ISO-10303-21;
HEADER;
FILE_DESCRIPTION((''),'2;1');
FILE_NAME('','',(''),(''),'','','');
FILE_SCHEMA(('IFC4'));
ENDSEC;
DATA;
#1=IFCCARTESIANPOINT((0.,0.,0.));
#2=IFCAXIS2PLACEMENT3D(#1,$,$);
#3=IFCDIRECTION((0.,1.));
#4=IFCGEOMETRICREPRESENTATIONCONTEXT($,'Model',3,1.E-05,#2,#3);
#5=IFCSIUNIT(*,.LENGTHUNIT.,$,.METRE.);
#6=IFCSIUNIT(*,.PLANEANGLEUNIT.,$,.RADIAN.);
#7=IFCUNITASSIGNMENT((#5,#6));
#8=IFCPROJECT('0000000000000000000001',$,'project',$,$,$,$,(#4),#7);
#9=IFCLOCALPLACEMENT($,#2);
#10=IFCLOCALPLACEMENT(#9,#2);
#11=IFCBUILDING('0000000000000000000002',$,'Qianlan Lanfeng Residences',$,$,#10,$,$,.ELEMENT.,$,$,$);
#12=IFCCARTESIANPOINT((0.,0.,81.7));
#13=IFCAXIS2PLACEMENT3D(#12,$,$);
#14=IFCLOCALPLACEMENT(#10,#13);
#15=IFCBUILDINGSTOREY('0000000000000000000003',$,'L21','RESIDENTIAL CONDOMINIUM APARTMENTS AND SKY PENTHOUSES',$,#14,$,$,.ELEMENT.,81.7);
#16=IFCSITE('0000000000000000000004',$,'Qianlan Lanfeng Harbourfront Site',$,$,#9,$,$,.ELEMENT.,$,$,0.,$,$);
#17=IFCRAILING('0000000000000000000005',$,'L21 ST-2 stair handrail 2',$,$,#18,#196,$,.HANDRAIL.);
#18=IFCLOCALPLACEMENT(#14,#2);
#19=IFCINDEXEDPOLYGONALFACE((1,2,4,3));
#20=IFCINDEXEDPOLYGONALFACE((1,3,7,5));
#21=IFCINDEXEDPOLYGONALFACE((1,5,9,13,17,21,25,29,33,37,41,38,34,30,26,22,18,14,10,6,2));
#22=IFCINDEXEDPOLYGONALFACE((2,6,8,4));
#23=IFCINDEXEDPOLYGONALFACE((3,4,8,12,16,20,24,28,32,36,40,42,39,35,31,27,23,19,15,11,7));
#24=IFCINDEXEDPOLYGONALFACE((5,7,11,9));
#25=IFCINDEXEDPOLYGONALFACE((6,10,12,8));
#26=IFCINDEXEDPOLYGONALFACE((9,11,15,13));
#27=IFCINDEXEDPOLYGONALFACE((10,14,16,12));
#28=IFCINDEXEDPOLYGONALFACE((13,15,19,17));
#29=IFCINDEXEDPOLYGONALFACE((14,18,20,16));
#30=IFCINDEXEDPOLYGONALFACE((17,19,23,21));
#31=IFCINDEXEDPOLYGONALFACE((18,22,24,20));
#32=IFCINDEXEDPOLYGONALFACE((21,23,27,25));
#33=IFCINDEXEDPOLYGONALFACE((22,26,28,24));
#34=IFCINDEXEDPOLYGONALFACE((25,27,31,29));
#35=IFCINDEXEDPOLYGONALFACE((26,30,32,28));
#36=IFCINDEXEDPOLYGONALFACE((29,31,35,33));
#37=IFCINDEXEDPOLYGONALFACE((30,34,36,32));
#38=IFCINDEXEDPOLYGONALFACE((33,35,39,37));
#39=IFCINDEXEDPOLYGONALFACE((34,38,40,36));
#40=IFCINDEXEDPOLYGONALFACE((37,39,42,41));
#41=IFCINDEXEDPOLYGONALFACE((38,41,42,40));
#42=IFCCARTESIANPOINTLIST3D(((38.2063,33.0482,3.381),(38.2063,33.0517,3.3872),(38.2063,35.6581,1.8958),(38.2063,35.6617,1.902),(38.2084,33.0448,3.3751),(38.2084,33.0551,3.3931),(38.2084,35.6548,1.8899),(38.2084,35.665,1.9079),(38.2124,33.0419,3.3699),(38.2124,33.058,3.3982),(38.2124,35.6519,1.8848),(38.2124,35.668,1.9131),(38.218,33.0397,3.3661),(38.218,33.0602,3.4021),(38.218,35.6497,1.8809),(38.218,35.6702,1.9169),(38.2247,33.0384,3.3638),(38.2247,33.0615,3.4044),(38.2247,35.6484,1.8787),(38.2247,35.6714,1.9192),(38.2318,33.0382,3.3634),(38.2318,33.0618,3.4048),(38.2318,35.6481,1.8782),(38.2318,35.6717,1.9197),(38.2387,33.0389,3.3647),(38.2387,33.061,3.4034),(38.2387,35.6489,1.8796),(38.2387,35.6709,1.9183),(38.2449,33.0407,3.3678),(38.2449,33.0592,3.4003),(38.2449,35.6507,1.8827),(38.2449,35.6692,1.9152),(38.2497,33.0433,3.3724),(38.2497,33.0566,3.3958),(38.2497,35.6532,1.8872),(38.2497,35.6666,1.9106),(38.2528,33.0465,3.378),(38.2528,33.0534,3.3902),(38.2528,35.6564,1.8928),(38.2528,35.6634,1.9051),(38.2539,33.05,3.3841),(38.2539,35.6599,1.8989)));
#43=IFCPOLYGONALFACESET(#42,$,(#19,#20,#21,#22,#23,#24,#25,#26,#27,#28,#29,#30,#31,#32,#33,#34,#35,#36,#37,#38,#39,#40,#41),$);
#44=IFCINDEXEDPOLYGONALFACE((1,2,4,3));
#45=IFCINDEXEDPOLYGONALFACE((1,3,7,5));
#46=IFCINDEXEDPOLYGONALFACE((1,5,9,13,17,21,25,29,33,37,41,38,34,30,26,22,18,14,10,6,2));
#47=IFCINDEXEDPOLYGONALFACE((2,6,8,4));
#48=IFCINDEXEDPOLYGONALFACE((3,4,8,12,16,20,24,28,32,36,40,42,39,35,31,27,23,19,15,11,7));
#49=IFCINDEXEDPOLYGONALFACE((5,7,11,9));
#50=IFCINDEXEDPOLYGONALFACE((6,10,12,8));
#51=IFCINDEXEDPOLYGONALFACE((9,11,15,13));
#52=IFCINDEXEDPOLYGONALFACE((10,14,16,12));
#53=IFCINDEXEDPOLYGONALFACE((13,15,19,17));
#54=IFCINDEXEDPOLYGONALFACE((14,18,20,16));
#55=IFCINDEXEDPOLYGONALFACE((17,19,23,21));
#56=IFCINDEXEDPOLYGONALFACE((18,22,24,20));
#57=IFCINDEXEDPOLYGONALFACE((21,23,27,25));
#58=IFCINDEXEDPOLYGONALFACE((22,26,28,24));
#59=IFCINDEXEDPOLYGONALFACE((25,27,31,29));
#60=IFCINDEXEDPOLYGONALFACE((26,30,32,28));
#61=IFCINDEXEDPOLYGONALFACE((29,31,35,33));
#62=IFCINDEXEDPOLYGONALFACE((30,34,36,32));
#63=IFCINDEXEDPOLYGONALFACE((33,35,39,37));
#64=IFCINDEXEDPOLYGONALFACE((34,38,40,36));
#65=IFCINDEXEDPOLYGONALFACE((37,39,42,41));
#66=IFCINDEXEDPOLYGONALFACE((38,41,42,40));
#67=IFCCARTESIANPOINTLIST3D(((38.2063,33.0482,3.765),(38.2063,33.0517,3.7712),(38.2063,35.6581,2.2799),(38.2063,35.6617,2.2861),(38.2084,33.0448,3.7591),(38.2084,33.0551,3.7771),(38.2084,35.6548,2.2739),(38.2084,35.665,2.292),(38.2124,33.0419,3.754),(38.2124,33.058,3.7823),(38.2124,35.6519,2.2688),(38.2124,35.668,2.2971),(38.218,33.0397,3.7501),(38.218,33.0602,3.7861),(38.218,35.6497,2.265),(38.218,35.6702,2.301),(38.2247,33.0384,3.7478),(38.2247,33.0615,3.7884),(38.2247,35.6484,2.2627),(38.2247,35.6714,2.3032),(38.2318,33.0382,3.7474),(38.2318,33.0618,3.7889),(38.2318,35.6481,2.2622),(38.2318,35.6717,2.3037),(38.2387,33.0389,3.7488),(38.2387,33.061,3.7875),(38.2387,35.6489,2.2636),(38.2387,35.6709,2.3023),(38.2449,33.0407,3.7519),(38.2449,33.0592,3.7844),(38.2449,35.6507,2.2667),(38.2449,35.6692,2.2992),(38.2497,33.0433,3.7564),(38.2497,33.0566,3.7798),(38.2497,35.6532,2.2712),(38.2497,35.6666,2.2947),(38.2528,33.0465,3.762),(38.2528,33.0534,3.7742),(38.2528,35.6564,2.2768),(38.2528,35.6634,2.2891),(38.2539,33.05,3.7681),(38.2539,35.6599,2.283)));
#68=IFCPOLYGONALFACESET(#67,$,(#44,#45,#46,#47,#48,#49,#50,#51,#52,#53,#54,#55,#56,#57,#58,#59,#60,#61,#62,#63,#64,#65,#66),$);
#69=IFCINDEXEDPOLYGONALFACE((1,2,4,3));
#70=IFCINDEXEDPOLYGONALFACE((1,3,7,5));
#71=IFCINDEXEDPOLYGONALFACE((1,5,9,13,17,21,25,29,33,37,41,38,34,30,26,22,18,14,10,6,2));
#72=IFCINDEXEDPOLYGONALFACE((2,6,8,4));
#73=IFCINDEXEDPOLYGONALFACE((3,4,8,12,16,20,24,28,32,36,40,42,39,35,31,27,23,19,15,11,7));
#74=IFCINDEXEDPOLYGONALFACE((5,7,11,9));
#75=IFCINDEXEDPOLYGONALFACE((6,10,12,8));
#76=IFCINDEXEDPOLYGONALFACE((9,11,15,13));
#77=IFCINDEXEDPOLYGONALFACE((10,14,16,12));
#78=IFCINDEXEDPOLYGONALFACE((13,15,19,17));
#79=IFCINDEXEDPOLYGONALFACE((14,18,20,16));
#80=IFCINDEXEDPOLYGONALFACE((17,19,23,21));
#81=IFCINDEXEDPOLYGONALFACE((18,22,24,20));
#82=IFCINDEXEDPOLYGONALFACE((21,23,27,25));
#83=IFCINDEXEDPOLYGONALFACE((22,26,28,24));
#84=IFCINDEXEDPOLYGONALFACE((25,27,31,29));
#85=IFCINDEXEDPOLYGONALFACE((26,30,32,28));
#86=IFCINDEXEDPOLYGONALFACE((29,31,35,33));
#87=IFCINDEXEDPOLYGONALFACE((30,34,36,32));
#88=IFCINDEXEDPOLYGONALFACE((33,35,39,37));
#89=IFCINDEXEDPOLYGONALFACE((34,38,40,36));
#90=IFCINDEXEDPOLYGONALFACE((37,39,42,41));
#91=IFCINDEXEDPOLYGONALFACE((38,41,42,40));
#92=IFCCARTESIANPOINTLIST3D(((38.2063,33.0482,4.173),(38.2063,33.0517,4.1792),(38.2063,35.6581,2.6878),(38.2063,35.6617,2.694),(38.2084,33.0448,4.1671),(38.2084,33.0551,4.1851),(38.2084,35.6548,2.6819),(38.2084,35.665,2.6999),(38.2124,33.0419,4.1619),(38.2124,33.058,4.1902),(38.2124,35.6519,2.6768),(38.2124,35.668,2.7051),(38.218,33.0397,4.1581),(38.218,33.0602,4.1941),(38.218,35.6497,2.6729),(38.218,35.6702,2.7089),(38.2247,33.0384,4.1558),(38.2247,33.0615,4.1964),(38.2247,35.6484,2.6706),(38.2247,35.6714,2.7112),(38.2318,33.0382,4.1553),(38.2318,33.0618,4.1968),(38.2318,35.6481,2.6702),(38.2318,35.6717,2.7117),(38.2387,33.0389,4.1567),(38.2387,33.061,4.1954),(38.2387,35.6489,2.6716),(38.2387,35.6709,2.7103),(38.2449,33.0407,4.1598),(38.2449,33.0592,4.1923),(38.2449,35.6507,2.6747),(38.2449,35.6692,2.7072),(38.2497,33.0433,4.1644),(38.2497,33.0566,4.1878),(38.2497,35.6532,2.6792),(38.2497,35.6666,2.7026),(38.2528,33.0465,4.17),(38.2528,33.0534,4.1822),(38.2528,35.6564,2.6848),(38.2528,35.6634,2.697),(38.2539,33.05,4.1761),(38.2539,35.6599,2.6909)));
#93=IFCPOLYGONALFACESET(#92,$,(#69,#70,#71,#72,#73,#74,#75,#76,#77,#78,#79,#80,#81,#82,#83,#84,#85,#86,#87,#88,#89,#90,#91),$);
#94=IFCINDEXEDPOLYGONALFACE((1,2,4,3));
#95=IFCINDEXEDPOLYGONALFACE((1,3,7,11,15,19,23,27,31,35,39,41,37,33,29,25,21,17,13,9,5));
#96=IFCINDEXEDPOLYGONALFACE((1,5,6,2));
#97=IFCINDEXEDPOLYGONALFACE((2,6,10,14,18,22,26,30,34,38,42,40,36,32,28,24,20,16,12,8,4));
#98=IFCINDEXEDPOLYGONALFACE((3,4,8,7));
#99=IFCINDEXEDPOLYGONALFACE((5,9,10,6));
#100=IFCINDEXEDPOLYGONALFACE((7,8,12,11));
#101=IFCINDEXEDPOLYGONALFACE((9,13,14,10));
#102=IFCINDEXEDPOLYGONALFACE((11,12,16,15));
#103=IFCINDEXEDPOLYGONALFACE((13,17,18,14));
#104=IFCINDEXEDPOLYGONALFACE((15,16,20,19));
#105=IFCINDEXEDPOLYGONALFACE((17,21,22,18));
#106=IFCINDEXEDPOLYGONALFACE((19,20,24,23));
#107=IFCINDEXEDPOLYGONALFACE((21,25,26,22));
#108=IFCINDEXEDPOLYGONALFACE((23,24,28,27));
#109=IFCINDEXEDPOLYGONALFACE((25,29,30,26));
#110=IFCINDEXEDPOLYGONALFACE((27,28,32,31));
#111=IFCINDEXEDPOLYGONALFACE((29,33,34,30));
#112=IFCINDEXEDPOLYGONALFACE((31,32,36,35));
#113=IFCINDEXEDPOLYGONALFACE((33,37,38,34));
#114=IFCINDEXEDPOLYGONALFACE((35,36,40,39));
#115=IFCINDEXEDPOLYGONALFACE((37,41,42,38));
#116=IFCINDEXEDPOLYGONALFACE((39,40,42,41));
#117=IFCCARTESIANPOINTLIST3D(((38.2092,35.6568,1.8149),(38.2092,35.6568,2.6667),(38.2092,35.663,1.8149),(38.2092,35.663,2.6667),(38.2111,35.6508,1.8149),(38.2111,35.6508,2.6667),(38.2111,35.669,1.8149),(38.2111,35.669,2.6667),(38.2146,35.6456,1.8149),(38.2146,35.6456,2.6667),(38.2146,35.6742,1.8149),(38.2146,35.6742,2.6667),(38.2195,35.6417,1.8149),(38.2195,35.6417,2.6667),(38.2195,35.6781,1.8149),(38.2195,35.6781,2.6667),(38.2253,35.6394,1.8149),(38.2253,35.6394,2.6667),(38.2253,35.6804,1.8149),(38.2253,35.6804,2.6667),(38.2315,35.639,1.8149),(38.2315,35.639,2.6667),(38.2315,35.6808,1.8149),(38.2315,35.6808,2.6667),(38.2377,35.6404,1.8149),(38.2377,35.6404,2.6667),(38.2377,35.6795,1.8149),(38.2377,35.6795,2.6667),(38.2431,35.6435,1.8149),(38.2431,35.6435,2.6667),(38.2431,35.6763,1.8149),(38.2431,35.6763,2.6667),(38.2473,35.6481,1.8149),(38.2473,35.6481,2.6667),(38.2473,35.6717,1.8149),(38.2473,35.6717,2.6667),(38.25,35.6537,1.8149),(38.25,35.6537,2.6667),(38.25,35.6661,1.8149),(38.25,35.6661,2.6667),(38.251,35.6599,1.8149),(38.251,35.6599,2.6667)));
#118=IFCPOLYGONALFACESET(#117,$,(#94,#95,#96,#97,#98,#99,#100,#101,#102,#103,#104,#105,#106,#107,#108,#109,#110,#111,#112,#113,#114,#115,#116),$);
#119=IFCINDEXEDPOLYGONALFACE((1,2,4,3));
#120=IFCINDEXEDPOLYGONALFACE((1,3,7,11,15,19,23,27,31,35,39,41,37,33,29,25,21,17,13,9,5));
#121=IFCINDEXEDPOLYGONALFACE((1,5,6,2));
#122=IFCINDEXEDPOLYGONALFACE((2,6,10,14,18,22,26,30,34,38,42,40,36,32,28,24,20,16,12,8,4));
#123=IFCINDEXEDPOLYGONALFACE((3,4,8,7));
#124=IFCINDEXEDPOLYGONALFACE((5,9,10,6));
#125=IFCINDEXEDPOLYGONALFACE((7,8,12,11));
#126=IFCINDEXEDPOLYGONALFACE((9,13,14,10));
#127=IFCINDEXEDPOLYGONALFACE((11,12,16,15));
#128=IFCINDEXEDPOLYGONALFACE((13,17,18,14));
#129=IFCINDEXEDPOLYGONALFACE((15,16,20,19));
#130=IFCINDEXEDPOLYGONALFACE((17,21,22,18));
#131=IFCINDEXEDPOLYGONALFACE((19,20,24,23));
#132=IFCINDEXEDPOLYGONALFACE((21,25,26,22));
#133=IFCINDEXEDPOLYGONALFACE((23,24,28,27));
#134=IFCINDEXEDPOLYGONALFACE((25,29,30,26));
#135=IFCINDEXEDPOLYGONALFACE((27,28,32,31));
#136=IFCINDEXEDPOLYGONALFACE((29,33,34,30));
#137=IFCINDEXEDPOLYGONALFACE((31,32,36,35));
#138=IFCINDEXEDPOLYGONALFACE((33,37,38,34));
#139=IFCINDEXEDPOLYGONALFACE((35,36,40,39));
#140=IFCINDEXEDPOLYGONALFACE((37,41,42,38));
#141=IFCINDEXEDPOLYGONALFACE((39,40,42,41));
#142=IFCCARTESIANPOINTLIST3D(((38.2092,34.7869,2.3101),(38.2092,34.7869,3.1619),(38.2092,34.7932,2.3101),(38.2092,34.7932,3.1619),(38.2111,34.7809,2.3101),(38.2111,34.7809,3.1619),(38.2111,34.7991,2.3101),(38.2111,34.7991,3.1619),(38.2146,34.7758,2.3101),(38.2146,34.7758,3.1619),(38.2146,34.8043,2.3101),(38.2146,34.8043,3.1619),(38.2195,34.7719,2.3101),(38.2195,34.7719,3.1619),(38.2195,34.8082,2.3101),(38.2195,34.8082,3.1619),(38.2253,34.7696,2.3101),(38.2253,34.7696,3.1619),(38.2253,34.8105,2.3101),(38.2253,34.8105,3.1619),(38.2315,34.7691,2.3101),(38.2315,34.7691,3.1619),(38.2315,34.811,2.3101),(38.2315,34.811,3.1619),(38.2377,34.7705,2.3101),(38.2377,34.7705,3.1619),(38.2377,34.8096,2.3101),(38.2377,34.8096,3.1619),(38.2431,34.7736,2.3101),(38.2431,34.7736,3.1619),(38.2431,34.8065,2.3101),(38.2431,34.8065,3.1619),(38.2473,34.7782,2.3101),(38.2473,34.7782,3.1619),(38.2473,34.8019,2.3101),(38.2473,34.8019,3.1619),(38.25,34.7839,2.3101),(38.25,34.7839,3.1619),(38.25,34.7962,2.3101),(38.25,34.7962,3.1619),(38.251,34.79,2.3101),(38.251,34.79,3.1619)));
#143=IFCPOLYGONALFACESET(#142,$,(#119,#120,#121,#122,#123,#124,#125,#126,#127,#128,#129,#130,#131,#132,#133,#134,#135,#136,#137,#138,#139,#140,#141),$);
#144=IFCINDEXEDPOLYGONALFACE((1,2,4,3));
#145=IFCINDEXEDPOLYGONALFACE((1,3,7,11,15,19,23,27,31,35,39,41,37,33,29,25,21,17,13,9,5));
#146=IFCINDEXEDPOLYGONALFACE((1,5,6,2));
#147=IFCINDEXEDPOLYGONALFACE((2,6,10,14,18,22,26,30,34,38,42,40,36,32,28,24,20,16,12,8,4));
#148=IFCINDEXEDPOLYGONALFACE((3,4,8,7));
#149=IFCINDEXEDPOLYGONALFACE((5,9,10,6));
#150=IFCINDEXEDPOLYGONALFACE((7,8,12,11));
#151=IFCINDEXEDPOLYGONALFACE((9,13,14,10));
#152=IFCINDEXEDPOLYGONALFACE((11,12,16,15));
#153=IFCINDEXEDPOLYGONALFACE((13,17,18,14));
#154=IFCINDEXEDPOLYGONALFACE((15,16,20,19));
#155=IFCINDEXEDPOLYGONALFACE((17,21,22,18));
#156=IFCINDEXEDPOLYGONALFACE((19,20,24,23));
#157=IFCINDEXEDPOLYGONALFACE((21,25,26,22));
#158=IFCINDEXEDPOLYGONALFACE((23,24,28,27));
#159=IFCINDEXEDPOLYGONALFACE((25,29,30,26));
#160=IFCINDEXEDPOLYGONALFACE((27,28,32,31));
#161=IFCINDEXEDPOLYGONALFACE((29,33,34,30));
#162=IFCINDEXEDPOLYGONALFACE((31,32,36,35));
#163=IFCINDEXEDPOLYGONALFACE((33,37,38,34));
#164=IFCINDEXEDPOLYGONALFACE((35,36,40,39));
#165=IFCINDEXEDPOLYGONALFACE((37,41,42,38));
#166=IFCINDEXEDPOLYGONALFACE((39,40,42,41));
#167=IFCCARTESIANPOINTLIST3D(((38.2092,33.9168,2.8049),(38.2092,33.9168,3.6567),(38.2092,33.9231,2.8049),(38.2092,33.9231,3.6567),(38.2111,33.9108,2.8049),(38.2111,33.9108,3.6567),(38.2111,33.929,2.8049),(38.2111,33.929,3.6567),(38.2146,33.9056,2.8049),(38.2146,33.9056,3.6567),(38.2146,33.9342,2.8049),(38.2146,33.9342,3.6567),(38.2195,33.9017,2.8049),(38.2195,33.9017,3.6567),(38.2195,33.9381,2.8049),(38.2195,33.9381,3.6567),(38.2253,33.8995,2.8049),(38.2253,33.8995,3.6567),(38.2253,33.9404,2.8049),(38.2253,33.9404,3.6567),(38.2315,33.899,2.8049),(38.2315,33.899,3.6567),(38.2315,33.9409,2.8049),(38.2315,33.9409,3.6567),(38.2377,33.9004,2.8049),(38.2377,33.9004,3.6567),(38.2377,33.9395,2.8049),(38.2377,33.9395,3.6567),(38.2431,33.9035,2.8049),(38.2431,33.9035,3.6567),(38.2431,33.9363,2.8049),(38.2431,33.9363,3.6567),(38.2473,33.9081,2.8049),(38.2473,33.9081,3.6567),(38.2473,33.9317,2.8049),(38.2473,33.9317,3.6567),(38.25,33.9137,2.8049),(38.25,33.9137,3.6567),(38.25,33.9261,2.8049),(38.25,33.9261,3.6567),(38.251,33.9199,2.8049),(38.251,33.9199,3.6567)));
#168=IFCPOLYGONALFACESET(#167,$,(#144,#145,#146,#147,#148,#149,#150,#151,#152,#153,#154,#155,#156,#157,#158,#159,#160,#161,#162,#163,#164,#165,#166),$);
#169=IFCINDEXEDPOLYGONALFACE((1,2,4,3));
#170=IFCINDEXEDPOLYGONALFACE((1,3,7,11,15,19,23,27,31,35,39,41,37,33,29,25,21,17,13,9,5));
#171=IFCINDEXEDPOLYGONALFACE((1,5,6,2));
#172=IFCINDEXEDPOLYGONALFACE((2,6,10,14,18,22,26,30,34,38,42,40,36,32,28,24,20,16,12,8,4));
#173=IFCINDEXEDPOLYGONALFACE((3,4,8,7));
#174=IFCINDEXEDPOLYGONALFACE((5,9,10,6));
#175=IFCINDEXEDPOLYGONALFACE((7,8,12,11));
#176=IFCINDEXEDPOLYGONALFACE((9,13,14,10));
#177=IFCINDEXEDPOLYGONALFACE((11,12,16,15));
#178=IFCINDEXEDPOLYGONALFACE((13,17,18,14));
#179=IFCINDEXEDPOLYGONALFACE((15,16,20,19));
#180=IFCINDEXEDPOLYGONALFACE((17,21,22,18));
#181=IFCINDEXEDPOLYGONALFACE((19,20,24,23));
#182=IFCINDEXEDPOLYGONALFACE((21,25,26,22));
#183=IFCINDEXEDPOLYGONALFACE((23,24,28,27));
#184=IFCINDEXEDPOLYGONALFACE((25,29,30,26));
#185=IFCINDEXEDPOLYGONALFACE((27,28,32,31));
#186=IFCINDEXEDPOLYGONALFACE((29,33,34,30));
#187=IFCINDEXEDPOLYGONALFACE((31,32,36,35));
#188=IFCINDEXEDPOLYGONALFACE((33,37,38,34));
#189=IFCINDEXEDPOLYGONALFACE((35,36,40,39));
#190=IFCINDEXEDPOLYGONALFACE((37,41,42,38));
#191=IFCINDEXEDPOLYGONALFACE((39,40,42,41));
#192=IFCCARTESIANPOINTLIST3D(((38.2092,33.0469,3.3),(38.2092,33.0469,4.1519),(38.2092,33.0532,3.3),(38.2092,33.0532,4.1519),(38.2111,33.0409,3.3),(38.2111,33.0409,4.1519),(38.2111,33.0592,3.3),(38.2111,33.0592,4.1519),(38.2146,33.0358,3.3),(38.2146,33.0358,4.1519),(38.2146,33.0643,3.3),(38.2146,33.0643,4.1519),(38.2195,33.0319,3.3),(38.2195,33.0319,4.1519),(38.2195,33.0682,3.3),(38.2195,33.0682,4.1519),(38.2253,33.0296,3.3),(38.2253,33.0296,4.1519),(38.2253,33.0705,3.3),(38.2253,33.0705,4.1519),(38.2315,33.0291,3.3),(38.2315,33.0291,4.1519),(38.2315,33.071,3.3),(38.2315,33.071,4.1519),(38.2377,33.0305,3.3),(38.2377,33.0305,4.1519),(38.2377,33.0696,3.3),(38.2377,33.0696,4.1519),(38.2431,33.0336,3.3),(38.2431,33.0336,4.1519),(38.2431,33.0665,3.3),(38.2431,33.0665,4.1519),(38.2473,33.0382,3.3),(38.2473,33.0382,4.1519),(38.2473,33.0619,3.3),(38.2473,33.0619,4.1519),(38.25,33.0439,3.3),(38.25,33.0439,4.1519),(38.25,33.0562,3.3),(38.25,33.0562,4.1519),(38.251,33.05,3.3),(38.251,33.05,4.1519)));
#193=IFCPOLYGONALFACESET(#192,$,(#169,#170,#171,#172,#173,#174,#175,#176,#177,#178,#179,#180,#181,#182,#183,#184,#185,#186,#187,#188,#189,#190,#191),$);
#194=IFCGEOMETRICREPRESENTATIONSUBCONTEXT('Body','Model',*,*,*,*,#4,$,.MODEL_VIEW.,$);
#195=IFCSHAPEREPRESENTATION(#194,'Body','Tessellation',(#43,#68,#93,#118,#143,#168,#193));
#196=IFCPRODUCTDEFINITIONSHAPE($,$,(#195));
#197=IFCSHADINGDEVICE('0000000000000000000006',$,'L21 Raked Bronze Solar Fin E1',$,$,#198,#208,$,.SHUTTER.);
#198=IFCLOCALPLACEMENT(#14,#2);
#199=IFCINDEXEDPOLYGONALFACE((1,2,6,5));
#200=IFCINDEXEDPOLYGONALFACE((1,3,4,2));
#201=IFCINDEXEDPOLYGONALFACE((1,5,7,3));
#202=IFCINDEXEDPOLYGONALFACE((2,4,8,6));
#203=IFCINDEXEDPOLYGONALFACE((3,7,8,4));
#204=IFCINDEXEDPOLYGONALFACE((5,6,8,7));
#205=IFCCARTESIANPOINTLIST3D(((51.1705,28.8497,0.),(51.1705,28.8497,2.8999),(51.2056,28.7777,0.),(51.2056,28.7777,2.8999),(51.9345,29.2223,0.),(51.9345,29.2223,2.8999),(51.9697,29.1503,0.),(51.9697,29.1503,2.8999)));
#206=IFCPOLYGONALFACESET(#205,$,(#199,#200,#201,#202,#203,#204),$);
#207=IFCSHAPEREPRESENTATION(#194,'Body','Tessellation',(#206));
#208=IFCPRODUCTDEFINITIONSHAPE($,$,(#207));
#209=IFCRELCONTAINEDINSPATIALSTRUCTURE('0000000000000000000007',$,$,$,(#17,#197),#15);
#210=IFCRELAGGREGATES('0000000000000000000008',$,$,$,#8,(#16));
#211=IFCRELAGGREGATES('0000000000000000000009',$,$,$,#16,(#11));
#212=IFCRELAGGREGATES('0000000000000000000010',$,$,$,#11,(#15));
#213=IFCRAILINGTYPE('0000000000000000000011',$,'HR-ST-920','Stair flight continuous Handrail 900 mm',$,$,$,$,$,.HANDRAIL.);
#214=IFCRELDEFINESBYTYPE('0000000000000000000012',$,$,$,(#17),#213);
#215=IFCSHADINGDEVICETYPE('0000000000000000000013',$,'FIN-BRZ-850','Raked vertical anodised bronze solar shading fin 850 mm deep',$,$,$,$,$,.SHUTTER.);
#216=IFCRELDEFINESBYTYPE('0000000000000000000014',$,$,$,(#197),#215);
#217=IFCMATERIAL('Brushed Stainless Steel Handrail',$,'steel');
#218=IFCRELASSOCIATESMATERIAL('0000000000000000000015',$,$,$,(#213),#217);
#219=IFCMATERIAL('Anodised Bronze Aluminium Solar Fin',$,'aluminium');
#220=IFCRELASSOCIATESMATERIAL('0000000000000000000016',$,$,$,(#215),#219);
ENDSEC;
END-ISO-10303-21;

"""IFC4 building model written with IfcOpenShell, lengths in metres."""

from ifc_helpers import new_model, si_unit, direction, frame, origin, origin_2d, place, context, subcontext, project, spatial, rectangle, circle, extrude, source, transform, mapped, material, type_object, element, save


model = new_model("IFC4")

# Units and contexts
model_context = context("Model", 3, precision=1e-05, world=origin(), true_north=direction((0.0, 1.0)))
body_context = subcontext(model_context, "Body", "Model", "MODEL_VIEW")
ifc_project = project(units=[si_unit("LENGTHUNIT", "METRE"), si_unit("PLANEANGLEUNIT", "RADIAN")], contexts=[model_context])

# Site, building, storey
site_placement = place(None, origin())
site = spatial("IfcSite", under=ifc_project, at=site_placement, Name="Qianlan Lanfeng Harbourfront Site", CompositionType="ELEMENT", RefElevation=0.0)
building_placement = place(site_placement, origin())
building = spatial("IfcBuilding", under=site, at=building_placement, Name="Qianlan Lanfeng Residences", CompositionType="ELEMENT")
storey_placement = place(building_placement, frame((0.0, 0.0, 81.7)))
storey = spatial("IfcBuildingStorey", under=building, at=storey_placement, Name="L21", Description="RESIDENTIAL CONDOMINIUM APARTMENTS AND SKY PENTHOUSES", CompositionType="ELEMENT", Elevation=81.7)

# Railing
ifc_material_1 = material(Name="Brushed Stainless Steel Handrail", Category="steel")
railing_type_1 = type_object("IfcRailingType", Name="HR-ST-920", Description="Stair flight continuous Handrail 900 mm", PredefinedType="HANDRAIL", material=ifc_material_1)
railing_1_placement = place(storey_placement, frame((38.23, 35.6599, 1.8149)))
element("IfcRailing", 1, at=railing_1_placement, inside=storey, type_object=railing_type_1, Name="L21 ST-2 stair handrail 2", PredefinedType="HANDRAIL", context=body_context, shape_type="SweptSolid", body=[
    extrude(circle(Radius=0.0239, at=origin_2d()), frame((0.0, 0.0, 0.084), z_axis=(0.0, -0.869137, 0.494571), x_axis=(1.0, 0.0, 0.0)), (0.0, 0.0, 1.0), 3.0029),
    extrude(circle(Radius=0.0239, at=origin_2d()), frame((0.0, 0.0, 0.468), z_axis=(0.0, -0.869137, 0.494571), x_axis=(1.0, 0.0, 0.0)), (0.0, 0.0, 1.0), 3.0029),
    extrude(circle(Radius=0.0239, at=origin_2d()), frame((0.0, 0.0, 0.876), z_axis=(0.0, -0.869137, 0.494571), x_axis=(1.0, 0.0, 0.0)), (0.0, 0.0, 1.0), 3.0029),
    extrude(circle(Radius=0.021, at=origin_2d()), origin(), (0.0, 0.0, 1.0), 0.8518),
    extrude(circle(Radius=0.021, at=origin_2d()), frame((0.0, -0.8699, 0.4951)), (0.0, 0.0, 1.0), 0.8518),
    extrude(circle(Radius=0.021, at=origin_2d()), frame((0.0, -1.74, 0.99)), (0.0, 0.0, 1.0), 0.8518),
    extrude(circle(Radius=0.021, at=origin_2d()), frame((0.0, -2.6099, 1.4851)), (0.0, 0.0, 1.0), 0.8518),
])

# Shading device
ifc_material_2 = material(Name="Anodised Bronze Aluminium Solar Fin", Category="aluminium")
shading_device_type = type_object("IfcShadingDeviceType", Name="FIN-BRZ-850", Description="Raked vertical anodised bronze solar shading fin 850 mm deep", PredefinedType="SHUTTER", material=ifc_material_2)
shared_shape_1 = source(origin(), body_context, "Body", "SweptSolid", [
    extrude(rectangle(XDim=0.8501, YDim=0.0801, at=origin_2d()), origin(), (0.0, 0.0, 1.0), 2.8999),
])
for number, where, z_axis, x_axis, name in (
    (2, (51.5701, 29.0, 0.0), (0.0, 0.0, 1.0), (0.898794, 0.438371, 0.0), "L21 Raked Bronze Solar Fin E1"),
):
    element("IfcShadingDevice", number, at=place(storey_placement, frame(where, z_axis=z_axis, x_axis=x_axis)), inside=storey, type_object=shading_device_type, Name=name, PredefinedType="SHUTTER", context=body_context, shape_type="MappedRepresentation", body=[
        mapped(shared_shape_1, transform((0.0, 0.0, 0.0), scale=1.0)),
    ])

save(model, "model.ifc")
